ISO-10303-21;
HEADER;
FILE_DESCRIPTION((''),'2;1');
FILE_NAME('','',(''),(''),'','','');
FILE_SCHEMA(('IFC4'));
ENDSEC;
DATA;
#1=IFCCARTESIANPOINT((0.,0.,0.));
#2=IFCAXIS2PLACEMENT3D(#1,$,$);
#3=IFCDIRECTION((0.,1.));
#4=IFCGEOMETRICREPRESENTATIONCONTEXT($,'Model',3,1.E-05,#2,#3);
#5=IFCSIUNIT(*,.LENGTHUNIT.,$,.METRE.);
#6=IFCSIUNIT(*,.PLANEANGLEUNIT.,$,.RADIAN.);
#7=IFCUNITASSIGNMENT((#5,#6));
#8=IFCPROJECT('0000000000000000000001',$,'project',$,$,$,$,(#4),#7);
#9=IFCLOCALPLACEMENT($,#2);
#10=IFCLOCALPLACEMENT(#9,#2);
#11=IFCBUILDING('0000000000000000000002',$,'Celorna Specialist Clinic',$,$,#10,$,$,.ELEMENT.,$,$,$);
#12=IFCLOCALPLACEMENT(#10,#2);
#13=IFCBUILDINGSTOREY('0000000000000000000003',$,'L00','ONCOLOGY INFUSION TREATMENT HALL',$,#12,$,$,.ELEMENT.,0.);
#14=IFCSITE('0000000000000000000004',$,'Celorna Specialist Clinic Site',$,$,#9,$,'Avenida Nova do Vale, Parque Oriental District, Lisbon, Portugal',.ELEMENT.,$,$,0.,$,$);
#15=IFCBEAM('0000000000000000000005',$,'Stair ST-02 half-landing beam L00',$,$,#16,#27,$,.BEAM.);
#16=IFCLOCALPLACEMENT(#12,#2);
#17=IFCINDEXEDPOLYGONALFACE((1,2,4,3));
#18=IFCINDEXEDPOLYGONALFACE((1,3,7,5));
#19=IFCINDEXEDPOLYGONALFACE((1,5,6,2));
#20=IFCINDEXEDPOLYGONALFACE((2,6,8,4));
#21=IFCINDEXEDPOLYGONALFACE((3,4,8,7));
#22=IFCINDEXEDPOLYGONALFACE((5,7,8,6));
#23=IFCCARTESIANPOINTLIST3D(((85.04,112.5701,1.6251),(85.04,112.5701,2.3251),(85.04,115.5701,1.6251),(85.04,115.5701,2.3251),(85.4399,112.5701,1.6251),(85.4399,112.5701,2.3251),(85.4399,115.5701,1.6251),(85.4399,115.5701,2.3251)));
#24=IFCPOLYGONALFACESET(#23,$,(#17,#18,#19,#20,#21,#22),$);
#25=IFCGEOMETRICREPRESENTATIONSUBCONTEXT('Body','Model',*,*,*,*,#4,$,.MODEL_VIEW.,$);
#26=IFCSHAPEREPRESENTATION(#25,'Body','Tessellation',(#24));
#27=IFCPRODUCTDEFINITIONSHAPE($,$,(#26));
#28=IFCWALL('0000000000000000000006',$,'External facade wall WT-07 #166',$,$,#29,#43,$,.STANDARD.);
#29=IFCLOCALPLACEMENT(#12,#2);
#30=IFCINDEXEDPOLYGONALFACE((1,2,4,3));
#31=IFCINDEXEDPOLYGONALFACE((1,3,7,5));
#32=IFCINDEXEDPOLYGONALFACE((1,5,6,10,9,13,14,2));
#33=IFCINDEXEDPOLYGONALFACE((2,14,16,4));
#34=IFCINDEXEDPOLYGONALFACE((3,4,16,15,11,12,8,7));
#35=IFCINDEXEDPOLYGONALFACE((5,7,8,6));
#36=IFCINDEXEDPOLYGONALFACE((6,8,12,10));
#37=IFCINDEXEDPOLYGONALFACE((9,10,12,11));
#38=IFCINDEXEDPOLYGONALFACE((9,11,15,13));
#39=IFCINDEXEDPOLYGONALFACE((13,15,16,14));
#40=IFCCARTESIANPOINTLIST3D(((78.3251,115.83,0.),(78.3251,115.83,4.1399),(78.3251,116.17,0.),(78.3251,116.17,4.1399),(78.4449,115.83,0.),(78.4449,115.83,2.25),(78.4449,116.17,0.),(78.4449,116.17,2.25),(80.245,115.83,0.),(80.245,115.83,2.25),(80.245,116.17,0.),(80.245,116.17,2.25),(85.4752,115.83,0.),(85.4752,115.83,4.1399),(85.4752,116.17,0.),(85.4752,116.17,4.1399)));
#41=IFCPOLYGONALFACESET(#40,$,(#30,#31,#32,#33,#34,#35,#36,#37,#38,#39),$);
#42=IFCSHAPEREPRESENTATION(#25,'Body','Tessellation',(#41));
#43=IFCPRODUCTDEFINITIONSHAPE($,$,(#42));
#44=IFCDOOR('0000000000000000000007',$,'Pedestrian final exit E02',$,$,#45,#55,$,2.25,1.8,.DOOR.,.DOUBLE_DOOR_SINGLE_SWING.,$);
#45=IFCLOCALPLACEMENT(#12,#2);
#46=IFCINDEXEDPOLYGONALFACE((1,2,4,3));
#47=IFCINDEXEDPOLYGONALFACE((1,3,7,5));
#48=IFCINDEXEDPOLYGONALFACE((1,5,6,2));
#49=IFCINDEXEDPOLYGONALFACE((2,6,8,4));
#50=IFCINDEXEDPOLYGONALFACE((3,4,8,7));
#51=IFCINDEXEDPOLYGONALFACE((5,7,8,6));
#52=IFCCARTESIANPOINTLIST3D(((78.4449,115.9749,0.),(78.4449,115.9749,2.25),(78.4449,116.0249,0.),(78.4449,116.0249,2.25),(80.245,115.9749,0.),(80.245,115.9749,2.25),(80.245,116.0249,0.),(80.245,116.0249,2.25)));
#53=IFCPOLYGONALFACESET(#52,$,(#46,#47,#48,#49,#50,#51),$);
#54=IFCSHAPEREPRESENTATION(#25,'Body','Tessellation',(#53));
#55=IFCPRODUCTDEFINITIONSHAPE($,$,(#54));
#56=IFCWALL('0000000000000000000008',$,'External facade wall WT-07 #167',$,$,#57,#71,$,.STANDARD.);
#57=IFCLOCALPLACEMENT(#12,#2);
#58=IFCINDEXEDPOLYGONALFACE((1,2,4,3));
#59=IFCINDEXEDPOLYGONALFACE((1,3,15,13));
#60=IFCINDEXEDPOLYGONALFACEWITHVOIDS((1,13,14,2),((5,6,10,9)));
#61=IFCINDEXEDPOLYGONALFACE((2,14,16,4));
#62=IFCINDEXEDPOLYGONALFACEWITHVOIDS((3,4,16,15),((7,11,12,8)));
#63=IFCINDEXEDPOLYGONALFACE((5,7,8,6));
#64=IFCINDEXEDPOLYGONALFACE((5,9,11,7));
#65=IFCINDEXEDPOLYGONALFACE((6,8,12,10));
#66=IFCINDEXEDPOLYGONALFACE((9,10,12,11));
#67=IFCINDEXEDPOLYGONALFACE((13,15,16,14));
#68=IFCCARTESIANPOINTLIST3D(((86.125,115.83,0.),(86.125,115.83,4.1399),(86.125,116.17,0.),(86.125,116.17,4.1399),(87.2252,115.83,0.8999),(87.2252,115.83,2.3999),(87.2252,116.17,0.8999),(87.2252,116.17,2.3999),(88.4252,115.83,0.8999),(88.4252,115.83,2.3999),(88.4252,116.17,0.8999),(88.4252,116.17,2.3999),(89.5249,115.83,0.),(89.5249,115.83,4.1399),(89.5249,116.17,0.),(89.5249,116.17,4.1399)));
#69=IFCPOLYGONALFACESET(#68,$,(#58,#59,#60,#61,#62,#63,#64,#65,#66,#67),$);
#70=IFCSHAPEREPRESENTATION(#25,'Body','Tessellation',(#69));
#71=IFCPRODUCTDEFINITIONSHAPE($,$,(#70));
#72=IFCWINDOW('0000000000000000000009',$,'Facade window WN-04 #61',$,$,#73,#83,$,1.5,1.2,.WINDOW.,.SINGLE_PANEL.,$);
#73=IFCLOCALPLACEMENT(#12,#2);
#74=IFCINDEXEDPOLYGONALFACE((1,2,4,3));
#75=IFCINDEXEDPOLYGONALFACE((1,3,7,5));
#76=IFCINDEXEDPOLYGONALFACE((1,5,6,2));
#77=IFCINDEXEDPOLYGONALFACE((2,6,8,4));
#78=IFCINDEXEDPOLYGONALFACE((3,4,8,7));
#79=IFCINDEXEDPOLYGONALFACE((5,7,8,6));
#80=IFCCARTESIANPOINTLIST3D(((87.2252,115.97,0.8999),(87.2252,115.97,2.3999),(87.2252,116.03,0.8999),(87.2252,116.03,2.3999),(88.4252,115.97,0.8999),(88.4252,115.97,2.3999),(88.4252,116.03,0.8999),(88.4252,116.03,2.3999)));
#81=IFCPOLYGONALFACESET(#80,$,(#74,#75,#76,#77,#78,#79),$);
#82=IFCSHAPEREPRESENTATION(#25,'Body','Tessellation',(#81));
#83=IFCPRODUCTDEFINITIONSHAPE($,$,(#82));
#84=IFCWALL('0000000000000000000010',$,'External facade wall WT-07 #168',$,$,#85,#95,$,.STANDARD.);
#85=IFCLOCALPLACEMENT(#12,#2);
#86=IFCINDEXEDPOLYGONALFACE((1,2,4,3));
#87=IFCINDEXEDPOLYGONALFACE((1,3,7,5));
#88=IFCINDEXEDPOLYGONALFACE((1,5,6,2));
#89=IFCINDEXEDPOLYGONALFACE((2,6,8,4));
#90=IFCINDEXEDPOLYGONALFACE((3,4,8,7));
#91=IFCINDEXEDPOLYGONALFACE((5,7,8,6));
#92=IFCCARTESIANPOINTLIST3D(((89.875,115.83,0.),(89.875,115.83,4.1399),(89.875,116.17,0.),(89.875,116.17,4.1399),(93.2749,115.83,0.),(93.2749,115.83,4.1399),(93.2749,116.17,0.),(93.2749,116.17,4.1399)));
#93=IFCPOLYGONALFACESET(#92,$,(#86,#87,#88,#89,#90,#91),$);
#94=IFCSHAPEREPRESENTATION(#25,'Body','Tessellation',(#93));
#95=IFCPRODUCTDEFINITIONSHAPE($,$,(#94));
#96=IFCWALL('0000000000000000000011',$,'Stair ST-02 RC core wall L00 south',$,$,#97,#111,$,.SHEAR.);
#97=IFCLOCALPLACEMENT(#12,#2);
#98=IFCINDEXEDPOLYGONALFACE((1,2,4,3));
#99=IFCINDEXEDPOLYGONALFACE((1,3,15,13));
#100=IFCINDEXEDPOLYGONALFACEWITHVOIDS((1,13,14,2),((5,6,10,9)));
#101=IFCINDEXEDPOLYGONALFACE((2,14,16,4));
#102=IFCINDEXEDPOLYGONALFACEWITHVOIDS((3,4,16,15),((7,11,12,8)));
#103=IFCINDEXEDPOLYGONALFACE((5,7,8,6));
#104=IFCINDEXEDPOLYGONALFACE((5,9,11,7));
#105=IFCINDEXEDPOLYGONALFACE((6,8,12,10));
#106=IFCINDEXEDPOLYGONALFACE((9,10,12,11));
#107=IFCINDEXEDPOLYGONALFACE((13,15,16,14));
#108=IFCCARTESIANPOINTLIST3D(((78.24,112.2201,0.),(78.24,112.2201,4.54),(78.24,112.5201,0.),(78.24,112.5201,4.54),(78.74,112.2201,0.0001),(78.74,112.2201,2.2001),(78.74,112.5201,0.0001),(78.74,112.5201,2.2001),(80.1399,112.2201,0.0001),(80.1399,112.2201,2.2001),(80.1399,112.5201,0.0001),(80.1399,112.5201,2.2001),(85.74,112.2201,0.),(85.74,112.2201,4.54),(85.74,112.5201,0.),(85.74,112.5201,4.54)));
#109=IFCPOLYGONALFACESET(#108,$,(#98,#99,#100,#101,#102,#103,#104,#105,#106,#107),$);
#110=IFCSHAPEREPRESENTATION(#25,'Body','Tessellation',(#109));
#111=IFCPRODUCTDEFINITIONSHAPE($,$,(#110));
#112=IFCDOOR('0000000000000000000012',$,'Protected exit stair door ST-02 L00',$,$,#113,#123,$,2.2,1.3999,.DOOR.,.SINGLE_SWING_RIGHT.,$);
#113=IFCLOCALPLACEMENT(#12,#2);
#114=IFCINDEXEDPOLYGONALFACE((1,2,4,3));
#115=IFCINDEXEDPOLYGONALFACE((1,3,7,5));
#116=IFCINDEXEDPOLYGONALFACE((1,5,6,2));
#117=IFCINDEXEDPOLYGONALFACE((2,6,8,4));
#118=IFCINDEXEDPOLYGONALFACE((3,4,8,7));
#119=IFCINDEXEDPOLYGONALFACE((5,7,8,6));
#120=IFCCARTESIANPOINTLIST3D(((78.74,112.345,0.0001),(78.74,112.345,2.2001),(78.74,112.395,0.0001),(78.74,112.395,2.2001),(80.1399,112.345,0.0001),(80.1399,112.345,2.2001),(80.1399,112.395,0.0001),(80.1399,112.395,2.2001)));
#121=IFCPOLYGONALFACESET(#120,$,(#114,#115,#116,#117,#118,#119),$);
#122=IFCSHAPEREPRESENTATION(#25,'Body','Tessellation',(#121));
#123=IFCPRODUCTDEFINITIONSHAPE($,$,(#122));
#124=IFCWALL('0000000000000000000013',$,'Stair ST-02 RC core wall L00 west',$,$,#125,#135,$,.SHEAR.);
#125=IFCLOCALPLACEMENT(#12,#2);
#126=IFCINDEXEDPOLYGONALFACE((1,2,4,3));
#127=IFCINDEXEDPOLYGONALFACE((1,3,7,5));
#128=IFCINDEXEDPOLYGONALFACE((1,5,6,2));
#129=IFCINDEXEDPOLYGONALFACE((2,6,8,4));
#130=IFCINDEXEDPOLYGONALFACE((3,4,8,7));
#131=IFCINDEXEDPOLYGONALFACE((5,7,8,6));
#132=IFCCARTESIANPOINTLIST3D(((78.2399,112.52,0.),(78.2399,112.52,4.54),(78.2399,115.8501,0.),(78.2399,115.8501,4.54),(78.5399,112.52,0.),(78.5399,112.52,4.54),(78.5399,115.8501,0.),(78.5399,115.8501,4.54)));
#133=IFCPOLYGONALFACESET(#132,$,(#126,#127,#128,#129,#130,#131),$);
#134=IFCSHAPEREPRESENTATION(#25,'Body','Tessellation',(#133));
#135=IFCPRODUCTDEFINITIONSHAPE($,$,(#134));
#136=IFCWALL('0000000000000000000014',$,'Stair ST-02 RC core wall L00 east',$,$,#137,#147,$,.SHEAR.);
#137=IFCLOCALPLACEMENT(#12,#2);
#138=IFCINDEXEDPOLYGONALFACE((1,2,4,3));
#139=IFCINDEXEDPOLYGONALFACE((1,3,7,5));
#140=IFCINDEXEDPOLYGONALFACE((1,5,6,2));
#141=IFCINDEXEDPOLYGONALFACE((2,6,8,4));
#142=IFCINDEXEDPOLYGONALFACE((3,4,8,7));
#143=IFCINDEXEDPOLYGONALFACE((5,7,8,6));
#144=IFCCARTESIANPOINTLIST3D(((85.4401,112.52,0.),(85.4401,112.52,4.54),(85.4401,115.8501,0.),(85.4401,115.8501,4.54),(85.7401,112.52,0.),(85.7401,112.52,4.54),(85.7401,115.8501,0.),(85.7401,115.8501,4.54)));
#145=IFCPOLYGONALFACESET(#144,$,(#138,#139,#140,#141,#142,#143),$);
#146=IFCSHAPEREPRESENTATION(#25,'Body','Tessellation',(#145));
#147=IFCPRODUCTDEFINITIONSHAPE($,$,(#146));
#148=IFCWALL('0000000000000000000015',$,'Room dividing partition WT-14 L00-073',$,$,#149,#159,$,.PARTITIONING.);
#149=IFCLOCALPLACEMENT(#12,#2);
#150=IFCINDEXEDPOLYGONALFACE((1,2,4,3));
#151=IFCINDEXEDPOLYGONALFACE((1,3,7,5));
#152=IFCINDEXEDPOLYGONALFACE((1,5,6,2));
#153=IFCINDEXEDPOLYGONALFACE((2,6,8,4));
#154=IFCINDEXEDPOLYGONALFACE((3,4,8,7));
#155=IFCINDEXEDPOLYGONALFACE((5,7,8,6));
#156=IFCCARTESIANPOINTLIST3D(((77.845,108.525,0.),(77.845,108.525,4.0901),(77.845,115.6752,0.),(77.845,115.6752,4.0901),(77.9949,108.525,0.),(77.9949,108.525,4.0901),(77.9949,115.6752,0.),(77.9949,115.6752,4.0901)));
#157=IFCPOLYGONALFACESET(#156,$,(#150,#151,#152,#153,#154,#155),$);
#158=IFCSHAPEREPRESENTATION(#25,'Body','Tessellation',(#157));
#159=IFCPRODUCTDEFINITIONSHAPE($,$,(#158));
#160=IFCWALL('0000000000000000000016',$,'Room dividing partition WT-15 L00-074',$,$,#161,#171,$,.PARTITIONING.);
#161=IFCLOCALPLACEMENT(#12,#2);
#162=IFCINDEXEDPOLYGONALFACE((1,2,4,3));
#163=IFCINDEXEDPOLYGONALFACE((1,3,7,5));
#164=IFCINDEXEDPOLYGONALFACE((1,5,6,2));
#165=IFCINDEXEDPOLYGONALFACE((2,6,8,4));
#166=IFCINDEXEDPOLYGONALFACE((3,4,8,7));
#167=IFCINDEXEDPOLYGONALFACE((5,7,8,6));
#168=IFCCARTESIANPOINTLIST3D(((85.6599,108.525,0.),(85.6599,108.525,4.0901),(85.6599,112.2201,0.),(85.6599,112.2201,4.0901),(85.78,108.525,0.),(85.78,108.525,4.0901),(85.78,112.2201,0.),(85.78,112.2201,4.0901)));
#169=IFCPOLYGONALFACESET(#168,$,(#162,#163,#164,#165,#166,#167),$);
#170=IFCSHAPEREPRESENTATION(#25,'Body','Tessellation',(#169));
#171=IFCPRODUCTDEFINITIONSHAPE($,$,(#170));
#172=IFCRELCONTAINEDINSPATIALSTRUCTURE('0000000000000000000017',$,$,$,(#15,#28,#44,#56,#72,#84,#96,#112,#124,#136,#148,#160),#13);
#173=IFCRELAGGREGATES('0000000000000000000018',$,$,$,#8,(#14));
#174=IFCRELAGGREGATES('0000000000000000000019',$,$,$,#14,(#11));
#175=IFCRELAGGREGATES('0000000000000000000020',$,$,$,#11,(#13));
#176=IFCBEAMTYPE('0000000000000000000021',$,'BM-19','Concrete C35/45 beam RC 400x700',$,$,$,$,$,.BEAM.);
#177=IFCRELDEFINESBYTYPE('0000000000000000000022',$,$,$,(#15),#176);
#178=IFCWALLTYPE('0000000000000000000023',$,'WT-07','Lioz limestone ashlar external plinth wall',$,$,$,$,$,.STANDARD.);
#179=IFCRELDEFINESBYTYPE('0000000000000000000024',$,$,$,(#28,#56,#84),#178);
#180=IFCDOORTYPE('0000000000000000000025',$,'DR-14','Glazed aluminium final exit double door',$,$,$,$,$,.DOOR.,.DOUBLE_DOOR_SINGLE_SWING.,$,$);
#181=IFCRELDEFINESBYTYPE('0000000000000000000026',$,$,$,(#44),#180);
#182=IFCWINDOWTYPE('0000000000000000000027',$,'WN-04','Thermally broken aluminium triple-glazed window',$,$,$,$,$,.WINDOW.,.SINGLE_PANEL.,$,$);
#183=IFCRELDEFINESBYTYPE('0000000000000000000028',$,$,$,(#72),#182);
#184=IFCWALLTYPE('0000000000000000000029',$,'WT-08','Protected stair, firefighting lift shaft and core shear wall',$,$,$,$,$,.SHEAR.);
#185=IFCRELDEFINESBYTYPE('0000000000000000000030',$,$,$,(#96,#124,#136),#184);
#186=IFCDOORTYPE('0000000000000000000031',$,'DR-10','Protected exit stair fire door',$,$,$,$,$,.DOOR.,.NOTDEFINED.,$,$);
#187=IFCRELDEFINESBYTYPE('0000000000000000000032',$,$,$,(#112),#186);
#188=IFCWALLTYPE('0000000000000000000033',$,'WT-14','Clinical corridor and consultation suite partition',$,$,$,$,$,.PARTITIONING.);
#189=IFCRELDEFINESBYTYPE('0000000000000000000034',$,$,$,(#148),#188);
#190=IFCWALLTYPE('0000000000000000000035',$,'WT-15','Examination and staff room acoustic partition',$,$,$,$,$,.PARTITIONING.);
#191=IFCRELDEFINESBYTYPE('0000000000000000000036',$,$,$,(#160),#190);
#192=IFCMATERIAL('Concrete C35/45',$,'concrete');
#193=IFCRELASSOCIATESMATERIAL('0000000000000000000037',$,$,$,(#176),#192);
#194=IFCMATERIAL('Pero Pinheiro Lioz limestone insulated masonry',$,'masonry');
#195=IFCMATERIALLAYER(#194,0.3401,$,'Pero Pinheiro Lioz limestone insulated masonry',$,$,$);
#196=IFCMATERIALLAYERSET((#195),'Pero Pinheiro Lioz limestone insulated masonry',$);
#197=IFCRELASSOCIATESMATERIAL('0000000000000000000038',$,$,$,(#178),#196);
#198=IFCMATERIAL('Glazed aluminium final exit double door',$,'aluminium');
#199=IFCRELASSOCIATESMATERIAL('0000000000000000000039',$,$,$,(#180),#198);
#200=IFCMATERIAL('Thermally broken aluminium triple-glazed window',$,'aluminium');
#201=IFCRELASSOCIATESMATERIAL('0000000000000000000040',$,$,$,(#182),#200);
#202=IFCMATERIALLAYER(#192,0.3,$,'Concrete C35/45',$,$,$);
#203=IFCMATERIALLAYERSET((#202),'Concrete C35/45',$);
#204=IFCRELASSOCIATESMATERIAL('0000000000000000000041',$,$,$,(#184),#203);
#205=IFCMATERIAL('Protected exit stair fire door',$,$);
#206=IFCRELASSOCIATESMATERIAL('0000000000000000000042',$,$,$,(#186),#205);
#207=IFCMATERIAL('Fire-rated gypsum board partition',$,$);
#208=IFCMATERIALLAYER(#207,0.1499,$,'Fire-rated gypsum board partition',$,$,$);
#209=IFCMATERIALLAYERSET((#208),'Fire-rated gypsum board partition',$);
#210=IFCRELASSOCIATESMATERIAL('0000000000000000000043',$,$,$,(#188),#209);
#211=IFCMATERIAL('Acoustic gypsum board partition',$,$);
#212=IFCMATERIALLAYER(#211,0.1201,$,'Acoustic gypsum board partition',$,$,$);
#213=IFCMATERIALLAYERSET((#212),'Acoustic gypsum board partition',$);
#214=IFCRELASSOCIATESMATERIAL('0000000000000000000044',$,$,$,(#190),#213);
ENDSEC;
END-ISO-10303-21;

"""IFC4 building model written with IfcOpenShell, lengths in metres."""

from ifc_helpers import new_model, si_unit, direction, frame, frame_2d, origin, origin_2d, place, context, subcontext, project, spatial, rectangle, extrude, material, layer, layer_set, material_profile, profile_set, type_object, element, fill, save


model = new_model("IFC4")

# Units and contexts
model_context = context("Model", 3, precision=1e-05, world=origin(), true_north=direction((0.0, 1.0)))
body_context = subcontext(model_context, "Body", "Model", "MODEL_VIEW")
ifc_project = project(units=[si_unit("LENGTHUNIT", "METRE"), si_unit("PLANEANGLEUNIT", "RADIAN")], contexts=[model_context])

# Site, building, storey
site_placement = place(None, origin())
site = spatial("IfcSite", under=ifc_project, at=site_placement, Name="Celorna Specialist Clinic Site", LongName="Avenida Nova do Vale, Parque Oriental District, Lisbon, Portugal", CompositionType="ELEMENT", RefElevation=0.0)
building_placement = place(site_placement, origin())
building = spatial("IfcBuilding", under=site, at=building_placement, Name="Celorna Specialist Clinic", CompositionType="ELEMENT")
storey_placement = place(building_placement, origin())
storey = spatial("IfcBuildingStorey", under=building, at=storey_placement, Name="L00", Description="ONCOLOGY INFUSION TREATMENT HALL", CompositionType="ELEMENT", Elevation=0.0)

# Shared definitions
ifc_material_1 = material(Name="Concrete C35/45", Category="concrete")

# Beam
ifc_material_profile_1 = material_profile(ifc_material_1, rectangle(XDim=0.3999, YDim=0.7, at=origin_2d()), Name="RC 400x700")
ifc_profile_set_1 = profile_set([ifc_material_profile_1], Name="Concrete C35/45")
beam_type_1 = type_object("IfcBeamType", Name="BM-19", Description="Concrete C35/45 beam RC 400x700", PredefinedType="BEAM", material=ifc_profile_set_1)
for number, where, z_axis, x_axis, name in (
    (1, (85.24, 112.5701, 1.9751), (0.0, 1.0, 0.0), (-1.0, 0.0, 0.0), "Stair ST-02 half-landing beam L00"),
):
    element("IfcBeam", number, at=place(storey_placement, frame(where, z_axis=z_axis, x_axis=x_axis)), inside=storey, type_object=beam_type_1, Name=name, PredefinedType="BEAM", context=body_context, shape_type="SweptSolid", body=[
        extrude(rectangle(XDim=0.3999, YDim=0.7, at=origin_2d()), origin(), (0.0, 0.0, 1.0), 3.0),
    ])

# Wall, opening, door
ifc_material_2 = material(Name="Pero Pinheiro Lioz limestone insulated masonry", Category="masonry")
ifc_layer_1 = layer(ifc_material_2, 0.3401, Name="Pero Pinheiro Lioz limestone insulated masonry")
ifc_layer_set_1 = layer_set([ifc_layer_1], Name="Pero Pinheiro Lioz limestone insulated masonry")
wall_type_1 = type_object("IfcWallType", Name="WT-07", Description="Lioz limestone ashlar external plinth wall", PredefinedType="STANDARD", material=ifc_layer_set_1)
wall_1_placement = place(storey_placement, frame((78.325, 116.0, 0.0), z_axis=(0.0, 0.0, 1.0), x_axis=(1.0, 0.0, 0.0)))
wall_1 = element("IfcWall", 2, at=wall_1_placement, inside=storey, type_object=wall_type_1, Name="External facade wall WT-07 #166", PredefinedType="STANDARD", context=body_context, shape_type="SweptSolid", body=[
    extrude(rectangle(XDim=7.1501, YDim=0.3401, at=frame_2d((3.5752, 0.0))), origin(), (0.0, 0.0, 1.0), 4.1399),
])
opening_1_placement = place(wall_1_placement, frame((0.1201, 0.0, 0.0)))
opening_1 = element("IfcOpeningElement", 3, at=opening_1_placement, cuts=wall_1, PredefinedType="OPENING", context=body_context, shape_type="SweptSolid", body=[
    extrude(rectangle(XDim=1.8, YDim=2.25, at=frame_2d((0.8999, 1.125))), frame((0.0, 0.1799, 0.0), z_axis=(0.0, -1.0, 0.0), x_axis=(1.0, 0.0, 0.0)), (0.0, 0.0, 1.0), 0.3601),
])
ifc_material_3 = material(Name="Glazed aluminium final exit double door", Category="aluminium")
door_type_1 = type_object("IfcDoorType", Name="DR-14", Description="Glazed aluminium final exit double door", OperationType="DOUBLE_DOOR_SINGLE_SWING", PredefinedType="DOOR", material=ifc_material_3)
door_1_placement = place(opening_1_placement, origin())
door_1 = element("IfcDoor", 4, at=door_1_placement, inside=storey, type_object=door_type_1, Name="Pedestrian final exit E02", OperationType="DOUBLE_DOOR_SINGLE_SWING", OverallHeight=2.25, OverallWidth=1.8, PredefinedType="DOOR", context=body_context, shape_type="SweptSolid", body=[
    extrude(rectangle(XDim=1.8, YDim=2.25, at=frame_2d((0.8999, 1.125))), frame((0.0, 0.0249, 0.0), z_axis=(0.0, -1.0, 0.0), x_axis=(1.0, 0.0, 0.0)), (0.0, 0.0, 1.0), 0.05),
])
fill(opening_1, door_1)

# Wall, opening, window
wall_2_placement = place(storey_placement, frame((86.125, 116.0, 0.0), z_axis=(0.0, 0.0, 1.0), x_axis=(1.0, 0.0, 0.0)))
wall_2 = element("IfcWall", 5, at=wall_2_placement, inside=storey, type_object=wall_type_1, Name="External facade wall WT-07 #167", PredefinedType="STANDARD", context=body_context, shape_type="SweptSolid", body=[
    extrude(rectangle(XDim=3.3999, YDim=0.3401, at=frame_2d((1.7, 0.0))), origin(), (0.0, 0.0, 1.0), 4.1399),
])
opening_2_placement = place(wall_2_placement, frame((1.1001, 0.0, 0.8999)))
opening_2 = element("IfcOpeningElement", 6, at=opening_2_placement, cuts=wall_2, PredefinedType="OPENING", context=body_context, shape_type="SweptSolid", body=[
    extrude(rectangle(XDim=1.2, YDim=1.5, at=frame_2d((0.6001, 0.75))), frame((0.0, 0.1799, 0.0), z_axis=(0.0, -1.0, 0.0), x_axis=(1.0, 0.0, 0.0)), (0.0, 0.0, 1.0), 0.3601),
])
ifc_material_4 = material(Name="Thermally broken aluminium triple-glazed window", Category="aluminium")
window_type = type_object("IfcWindowType", Name="WN-04", Description="Thermally broken aluminium triple-glazed window", PartitioningType="SINGLE_PANEL", PredefinedType="WINDOW", material=ifc_material_4)
window_placement = place(opening_2_placement, origin())
window = element("IfcWindow", 7, at=window_placement, inside=storey, type_object=window_type, Name="Facade window WN-04 #61", OverallHeight=1.5, OverallWidth=1.2, PartitioningType="SINGLE_PANEL", PredefinedType="WINDOW", context=body_context, shape_type="SweptSolid", body=[
    extrude(rectangle(XDim=1.2, YDim=1.5, at=frame_2d((0.6001, 0.75))), frame((0.0, 0.03, 0.0), z_axis=(0.0, -1.0, 0.0), x_axis=(1.0, 0.0, 0.0)), (0.0, 0.0, 1.0), 0.0601),
])
fill(opening_2, window)

# Wall
wall_3_placement = place(storey_placement, frame((89.875, 116.0, 0.0), z_axis=(0.0, 0.0, 1.0), x_axis=(1.0, 0.0, 0.0)))
element("IfcWall", 8, at=wall_3_placement, inside=storey, type_object=wall_type_1, Name="External facade wall WT-07 #168", PredefinedType="STANDARD", context=body_context, shape_type="SweptSolid", body=[
    extrude(rectangle(XDim=3.3999, YDim=0.3401, at=frame_2d((1.7, 0.0))), origin(), (0.0, 0.0, 1.0), 4.1399),
])

# Wall, opening, door
ifc_layer_2 = layer(ifc_material_1, 0.3, Name="Concrete C35/45")
ifc_layer_set_2 = layer_set([ifc_layer_2], Name="Concrete C35/45")
wall_type_2 = type_object("IfcWallType", Name="WT-08", Description="Protected stair, firefighting lift shaft and core shear wall", PredefinedType="SHEAR", material=ifc_layer_set_2)
wall_4_placement = place(storey_placement, frame((78.24, 112.3701, 0.0), z_axis=(0.0, 0.0, 1.0), x_axis=(1.0, 0.0, 0.0)))
wall_4 = element("IfcWall", 9, at=wall_4_placement, inside=storey, type_object=wall_type_2, Name="Stair ST-02 RC core wall L00 south", PredefinedType="SHEAR", context=body_context, shape_type="SweptSolid", body=[
    extrude(rectangle(XDim=7.5, YDim=0.3, at=frame_2d((3.75, 0.0))), origin(), (0.0, 0.0, 1.0), 4.54),
])
opening_3_placement = place(wall_4_placement, frame((0.5, 0.0, 0.0)))
opening_3 = element("IfcOpeningElement", 10, at=opening_3_placement, cuts=wall_4, PredefinedType="OPENING", context=body_context, shape_type="SweptSolid", body=[
    extrude(rectangle(XDim=1.3999, YDim=2.2, at=frame_2d((0.7, 1.1001))), frame((0.0, 0.1599, 0.0), z_axis=(0.0, -1.0, 0.0), x_axis=(1.0, 0.0, 0.0)), (0.0, 0.0, 1.0), 0.3201),
])
ifc_material_5 = material(Name="Protected exit stair fire door")
door_type_2 = type_object("IfcDoorType", Name="DR-10", Description="Protected exit stair fire door", OperationType="NOTDEFINED", PredefinedType="DOOR", material=ifc_material_5)
door_2_placement = place(opening_3_placement, origin())
door_2 = element("IfcDoor", 11, at=door_2_placement, inside=storey, type_object=door_type_2, Name="Protected exit stair door ST-02 L00", OperationType="SINGLE_SWING_RIGHT", OverallHeight=2.2, OverallWidth=1.3999, PredefinedType="DOOR", context=body_context, shape_type="SweptSolid", body=[
    extrude(rectangle(XDim=1.3999, YDim=2.2, at=frame_2d((0.7, 1.1001))), frame((0.0, 0.0249, 0.0), z_axis=(0.0, -1.0, 0.0), x_axis=(1.0, 0.0, 0.0)), (0.0, 0.0, 1.0), 0.05),
])
fill(opening_3, door_2)

# Walls
for number, where, z_axis, x_axis, name in (
    (12, (78.3899, 115.8501, 0.0), (0.0, 0.0, 1.0), (0.0, -1.0, 0.0), "Stair ST-02 RC core wall L00 west"),
    (13, (85.5901, 112.52, 0.0), (0.0, 0.0, 1.0), (0.0, 1.0, 0.0), "Stair ST-02 RC core wall L00 east"),
):
    element("IfcWall", number, at=place(storey_placement, frame(where, z_axis=z_axis, x_axis=x_axis)), inside=storey, type_object=wall_type_2, Name=name, PredefinedType="SHEAR", context=body_context, shape_type="SweptSolid", body=[
        extrude(rectangle(XDim=3.3301, YDim=0.3, at=frame_2d((1.665, 0.0))), origin(), (0.0, 0.0, 1.0), 4.54),
    ])
ifc_material_6 = material(Name="Fire-rated gypsum board partition")
ifc_layer_3 = layer(ifc_material_6, 0.1499, Name="Fire-rated gypsum board partition")
ifc_layer_set_3 = layer_set([ifc_layer_3], Name="Fire-rated gypsum board partition")
wall_type_3 = type_object("IfcWallType", Name="WT-14", Description="Clinical corridor and consultation suite partition", PredefinedType="PARTITIONING", material=ifc_layer_set_3)
wall_5_placement = place(storey_placement, frame((77.9199, 108.5249, 0.0), z_axis=(0.0, 0.0, 1.0), x_axis=(0.0, 1.0, 0.0)))
element("IfcWall", 14, at=wall_5_placement, inside=storey, type_object=wall_type_3, Name="Room dividing partition WT-14 L00-073", PredefinedType="PARTITIONING", context=body_context, shape_type="SweptSolid", body=[
    extrude(rectangle(XDim=7.1501, YDim=0.1499, at=frame_2d((3.5752, 0.0))), origin(), (0.0, 0.0, 1.0), 4.0901),
])
ifc_material_7 = material(Name="Acoustic gypsum board partition")
ifc_layer_4 = layer(ifc_material_7, 0.1201, Name="Acoustic gypsum board partition")
ifc_layer_set_4 = layer_set([ifc_layer_4], Name="Acoustic gypsum board partition")
wall_type_4 = type_object("IfcWallType", Name="WT-15", Description="Examination and staff room acoustic partition", PredefinedType="PARTITIONING", material=ifc_layer_set_4)
wall_6_placement = place(storey_placement, frame((85.72, 108.5249, 0.0), z_axis=(0.0, 0.0, 1.0), x_axis=(0.0, 1.0, 0.0)))
element("IfcWall", 15, at=wall_6_placement, inside=storey, type_object=wall_type_4, Name="Room dividing partition WT-15 L00-074", PredefinedType="PARTITIONING", context=body_context, shape_type="SweptSolid", body=[
    extrude(rectangle(XDim=3.6951, YDim=0.1201, at=frame_2d((1.8477, 0.0))), origin(), (0.0, 0.0, 1.0), 4.0901),
])

save(model, "model.ifc")
